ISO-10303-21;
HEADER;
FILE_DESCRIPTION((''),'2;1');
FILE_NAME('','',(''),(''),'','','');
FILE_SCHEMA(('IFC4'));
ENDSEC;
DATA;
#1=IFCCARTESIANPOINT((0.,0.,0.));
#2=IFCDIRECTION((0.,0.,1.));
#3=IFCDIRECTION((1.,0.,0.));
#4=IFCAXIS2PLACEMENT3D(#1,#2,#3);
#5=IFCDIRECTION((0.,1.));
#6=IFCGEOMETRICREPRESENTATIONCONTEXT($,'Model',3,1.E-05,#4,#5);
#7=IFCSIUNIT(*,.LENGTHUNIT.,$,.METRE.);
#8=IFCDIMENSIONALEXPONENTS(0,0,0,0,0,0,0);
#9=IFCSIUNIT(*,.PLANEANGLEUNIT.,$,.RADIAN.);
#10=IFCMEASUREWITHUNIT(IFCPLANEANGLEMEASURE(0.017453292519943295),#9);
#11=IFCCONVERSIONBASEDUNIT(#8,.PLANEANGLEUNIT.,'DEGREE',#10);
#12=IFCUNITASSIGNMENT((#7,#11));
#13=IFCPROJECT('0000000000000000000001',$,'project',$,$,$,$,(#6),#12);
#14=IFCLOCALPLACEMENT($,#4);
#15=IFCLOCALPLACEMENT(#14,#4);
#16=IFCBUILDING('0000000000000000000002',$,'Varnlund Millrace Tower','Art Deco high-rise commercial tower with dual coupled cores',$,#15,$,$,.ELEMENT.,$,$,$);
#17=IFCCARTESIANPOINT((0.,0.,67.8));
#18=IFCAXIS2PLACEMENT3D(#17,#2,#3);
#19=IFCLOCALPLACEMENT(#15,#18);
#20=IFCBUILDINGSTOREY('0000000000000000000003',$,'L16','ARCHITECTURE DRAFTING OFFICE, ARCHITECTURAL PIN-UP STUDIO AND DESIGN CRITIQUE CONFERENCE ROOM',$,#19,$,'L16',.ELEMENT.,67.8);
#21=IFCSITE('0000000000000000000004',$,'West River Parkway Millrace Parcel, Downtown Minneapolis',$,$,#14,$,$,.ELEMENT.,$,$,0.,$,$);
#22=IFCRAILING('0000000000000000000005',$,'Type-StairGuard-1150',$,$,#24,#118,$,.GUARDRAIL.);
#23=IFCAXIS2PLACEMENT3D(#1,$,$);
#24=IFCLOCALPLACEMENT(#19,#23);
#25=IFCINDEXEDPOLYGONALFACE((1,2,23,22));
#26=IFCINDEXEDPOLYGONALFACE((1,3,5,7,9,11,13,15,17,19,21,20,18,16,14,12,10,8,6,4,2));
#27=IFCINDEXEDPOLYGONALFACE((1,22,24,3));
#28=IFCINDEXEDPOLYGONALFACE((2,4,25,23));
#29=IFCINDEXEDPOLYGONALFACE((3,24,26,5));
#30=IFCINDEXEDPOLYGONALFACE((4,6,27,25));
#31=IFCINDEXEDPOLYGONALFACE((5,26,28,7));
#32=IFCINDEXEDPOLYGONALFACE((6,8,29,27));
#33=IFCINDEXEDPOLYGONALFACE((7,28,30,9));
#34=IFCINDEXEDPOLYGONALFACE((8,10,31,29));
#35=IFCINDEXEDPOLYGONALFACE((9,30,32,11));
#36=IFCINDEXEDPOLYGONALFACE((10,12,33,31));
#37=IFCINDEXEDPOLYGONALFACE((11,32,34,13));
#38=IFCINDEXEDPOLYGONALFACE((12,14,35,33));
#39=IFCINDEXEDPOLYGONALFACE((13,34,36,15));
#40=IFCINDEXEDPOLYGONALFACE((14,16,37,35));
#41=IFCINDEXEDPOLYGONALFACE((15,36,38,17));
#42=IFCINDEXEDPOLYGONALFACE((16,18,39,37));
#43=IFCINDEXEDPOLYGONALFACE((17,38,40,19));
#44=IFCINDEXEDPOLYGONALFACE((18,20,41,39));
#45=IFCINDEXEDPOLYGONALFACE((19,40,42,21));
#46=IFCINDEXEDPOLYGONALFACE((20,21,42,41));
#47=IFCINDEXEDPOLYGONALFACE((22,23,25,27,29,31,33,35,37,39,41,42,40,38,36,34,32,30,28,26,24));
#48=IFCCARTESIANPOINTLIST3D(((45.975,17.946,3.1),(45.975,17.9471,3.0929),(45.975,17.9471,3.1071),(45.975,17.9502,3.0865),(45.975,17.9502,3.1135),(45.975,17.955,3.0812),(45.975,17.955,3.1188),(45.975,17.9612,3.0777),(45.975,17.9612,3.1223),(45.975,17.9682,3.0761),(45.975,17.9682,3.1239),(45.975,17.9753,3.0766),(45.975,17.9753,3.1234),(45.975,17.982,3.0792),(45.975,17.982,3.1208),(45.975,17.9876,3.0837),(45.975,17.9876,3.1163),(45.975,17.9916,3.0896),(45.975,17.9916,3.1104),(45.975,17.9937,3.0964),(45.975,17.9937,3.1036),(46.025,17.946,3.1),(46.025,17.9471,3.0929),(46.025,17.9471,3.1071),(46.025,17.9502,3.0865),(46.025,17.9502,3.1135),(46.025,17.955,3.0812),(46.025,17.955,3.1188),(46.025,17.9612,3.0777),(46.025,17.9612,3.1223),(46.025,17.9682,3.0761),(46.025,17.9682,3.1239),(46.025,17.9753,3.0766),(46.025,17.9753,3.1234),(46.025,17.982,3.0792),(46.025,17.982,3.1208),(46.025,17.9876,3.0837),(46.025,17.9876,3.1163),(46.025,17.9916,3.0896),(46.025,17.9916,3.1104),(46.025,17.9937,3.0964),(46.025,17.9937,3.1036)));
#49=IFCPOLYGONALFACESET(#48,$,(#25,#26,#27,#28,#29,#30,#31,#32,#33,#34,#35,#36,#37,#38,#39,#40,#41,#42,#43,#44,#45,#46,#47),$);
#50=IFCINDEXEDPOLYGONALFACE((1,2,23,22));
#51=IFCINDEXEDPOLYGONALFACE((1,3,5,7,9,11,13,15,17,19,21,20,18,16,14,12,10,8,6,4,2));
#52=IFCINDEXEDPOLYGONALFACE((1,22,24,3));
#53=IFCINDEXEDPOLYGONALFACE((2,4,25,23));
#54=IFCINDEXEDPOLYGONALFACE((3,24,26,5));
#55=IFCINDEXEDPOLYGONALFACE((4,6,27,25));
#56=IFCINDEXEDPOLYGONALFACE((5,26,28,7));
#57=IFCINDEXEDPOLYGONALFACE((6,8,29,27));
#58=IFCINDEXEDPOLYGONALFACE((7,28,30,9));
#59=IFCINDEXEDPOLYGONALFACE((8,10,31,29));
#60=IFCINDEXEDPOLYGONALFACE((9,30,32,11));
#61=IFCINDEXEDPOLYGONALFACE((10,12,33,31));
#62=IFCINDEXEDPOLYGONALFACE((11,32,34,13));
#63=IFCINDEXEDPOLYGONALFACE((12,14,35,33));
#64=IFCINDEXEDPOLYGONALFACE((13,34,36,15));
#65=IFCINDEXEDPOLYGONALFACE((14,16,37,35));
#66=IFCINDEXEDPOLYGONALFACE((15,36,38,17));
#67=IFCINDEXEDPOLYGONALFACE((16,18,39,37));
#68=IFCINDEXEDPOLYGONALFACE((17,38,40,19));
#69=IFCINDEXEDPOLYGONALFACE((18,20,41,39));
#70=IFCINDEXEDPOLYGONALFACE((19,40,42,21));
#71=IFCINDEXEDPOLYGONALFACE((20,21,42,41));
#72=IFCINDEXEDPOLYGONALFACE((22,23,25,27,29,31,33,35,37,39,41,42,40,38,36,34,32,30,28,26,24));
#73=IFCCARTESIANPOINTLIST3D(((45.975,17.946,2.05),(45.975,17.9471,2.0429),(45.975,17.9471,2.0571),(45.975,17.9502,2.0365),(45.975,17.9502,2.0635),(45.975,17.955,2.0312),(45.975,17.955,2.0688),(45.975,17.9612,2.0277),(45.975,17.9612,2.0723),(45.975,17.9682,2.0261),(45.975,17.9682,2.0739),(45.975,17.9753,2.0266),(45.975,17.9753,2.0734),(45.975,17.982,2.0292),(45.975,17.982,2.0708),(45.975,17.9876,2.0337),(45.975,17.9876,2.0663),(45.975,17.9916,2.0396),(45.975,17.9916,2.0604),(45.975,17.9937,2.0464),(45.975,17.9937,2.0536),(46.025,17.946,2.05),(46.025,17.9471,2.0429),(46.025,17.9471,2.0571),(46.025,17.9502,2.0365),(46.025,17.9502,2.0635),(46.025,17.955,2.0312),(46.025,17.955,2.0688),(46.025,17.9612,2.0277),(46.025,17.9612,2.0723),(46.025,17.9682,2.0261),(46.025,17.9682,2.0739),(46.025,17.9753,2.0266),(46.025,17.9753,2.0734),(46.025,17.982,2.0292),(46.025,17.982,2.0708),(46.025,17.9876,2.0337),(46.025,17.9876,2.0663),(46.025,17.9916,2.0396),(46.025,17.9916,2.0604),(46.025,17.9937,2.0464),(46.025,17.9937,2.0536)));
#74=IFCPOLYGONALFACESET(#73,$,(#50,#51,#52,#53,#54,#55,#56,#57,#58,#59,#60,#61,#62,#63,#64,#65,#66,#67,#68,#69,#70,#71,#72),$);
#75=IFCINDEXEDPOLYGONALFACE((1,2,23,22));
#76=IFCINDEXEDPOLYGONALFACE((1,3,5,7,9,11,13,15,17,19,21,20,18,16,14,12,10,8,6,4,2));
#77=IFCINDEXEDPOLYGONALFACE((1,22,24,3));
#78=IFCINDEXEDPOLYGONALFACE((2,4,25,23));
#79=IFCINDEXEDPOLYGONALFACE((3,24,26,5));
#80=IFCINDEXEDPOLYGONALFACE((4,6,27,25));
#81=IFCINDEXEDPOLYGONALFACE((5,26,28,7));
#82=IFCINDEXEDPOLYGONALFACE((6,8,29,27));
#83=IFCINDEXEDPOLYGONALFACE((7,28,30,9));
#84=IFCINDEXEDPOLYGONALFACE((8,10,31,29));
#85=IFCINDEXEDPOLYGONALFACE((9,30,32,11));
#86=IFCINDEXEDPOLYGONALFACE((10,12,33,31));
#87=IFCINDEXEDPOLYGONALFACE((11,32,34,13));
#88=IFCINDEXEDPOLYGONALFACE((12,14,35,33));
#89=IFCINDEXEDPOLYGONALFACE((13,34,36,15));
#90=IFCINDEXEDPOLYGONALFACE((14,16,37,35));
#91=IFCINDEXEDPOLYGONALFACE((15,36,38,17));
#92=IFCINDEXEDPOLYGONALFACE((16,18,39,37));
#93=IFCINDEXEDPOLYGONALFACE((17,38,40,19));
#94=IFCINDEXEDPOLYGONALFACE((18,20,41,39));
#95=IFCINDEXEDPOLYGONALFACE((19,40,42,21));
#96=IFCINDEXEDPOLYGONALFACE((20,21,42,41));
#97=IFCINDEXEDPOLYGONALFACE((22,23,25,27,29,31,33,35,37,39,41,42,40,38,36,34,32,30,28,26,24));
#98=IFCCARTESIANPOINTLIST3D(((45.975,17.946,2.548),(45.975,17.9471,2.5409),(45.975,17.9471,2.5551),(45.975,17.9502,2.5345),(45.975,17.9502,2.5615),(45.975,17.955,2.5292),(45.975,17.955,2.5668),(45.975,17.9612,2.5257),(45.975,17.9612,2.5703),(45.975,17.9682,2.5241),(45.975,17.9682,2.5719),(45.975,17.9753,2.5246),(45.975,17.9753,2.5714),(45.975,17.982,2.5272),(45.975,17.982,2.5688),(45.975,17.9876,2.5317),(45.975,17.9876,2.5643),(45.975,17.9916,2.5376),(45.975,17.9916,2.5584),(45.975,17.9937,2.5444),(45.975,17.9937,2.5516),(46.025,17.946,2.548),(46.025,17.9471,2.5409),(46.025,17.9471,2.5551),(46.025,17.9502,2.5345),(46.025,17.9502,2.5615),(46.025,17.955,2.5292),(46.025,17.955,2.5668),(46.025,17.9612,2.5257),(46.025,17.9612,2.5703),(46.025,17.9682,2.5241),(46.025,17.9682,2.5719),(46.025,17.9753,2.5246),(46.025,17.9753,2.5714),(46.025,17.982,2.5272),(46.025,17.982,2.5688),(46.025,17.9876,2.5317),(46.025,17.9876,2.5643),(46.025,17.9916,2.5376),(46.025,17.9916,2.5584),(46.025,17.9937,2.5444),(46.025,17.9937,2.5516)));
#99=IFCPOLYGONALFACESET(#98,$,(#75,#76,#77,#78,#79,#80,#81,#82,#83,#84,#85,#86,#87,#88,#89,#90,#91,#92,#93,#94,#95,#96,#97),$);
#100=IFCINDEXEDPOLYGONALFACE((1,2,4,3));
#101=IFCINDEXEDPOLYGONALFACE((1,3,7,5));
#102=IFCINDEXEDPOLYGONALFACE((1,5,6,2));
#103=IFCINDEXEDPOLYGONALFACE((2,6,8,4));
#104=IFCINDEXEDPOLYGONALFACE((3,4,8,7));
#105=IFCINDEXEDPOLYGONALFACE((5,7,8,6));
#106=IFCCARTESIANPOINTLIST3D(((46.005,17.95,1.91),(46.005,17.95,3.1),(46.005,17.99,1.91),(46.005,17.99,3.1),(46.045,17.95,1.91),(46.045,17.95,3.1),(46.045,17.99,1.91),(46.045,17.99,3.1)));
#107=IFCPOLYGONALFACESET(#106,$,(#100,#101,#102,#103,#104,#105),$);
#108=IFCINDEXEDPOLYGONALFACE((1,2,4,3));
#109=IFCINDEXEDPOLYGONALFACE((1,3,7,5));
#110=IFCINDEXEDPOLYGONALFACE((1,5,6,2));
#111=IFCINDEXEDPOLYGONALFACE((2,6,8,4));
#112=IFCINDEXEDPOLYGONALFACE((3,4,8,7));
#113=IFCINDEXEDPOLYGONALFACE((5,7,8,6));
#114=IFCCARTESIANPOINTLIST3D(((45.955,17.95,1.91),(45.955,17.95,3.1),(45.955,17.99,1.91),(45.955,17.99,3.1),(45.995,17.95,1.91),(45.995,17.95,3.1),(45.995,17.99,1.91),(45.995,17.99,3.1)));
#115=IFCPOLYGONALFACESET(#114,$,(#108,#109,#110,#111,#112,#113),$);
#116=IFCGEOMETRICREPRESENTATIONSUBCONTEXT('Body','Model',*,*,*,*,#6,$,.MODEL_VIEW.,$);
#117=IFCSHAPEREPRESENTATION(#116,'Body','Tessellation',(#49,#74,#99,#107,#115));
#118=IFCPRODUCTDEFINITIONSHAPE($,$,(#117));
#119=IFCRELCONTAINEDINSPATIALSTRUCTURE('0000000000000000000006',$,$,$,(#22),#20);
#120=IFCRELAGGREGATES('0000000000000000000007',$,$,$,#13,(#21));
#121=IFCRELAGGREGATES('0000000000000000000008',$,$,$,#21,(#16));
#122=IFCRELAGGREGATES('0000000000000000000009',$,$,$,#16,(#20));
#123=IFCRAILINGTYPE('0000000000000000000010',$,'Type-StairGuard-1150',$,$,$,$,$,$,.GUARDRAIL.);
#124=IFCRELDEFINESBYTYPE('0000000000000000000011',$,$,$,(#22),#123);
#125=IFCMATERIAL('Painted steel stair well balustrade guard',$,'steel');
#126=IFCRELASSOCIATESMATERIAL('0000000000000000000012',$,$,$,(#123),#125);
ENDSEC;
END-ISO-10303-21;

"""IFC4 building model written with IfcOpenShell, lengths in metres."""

from ifc_helpers import new_model, entity, si_unit, converted_unit, direction, frame, origin_with_axes, origin_2d_with_axis, place, context, subcontext, project, spatial, rectangle, circle, extrude, material, type_object, element, save


model = new_model("IFC4")

# Units and contexts
model_context = context("Model", 3, precision=1e-05, world=origin_with_axes(), true_north=direction((0.0, 1.0)))
body_context = subcontext(model_context, "Body", "Model", "MODEL_VIEW")
ifc_project = project(units=[si_unit("LENGTHUNIT", "METRE"), converted_unit("PLANEANGLEUNIT", "DEGREE", entity("IfcPlaneAngleMeasure", 0.017453292519943295), si_unit("PLANEANGLEUNIT", "RADIAN"), dimensions=[0, 0, 0, 0, 0, 0, 0])], contexts=[model_context])

# Site, building, storey
site_placement = place(None, origin_with_axes())
site = spatial("IfcSite", under=ifc_project, at=site_placement, Name="West River Parkway Millrace Parcel, Downtown Minneapolis", CompositionType="ELEMENT", RefElevation=0.0)
building_placement = place(site_placement, origin_with_axes())
building = spatial("IfcBuilding", under=site, at=building_placement, Name="Varnlund Millrace Tower", Description="Art Deco high-rise commercial tower with dual coupled cores", CompositionType="ELEMENT")
storey_placement = place(building_placement, frame((0.0, 0.0, 67.8), z_axis=(0.0, 0.0, 1.0), x_axis=(1.0, 0.0, 0.0)))
storey = spatial("IfcBuildingStorey", under=building, at=storey_placement, Name="L16", Description="ARCHITECTURE DRAFTING OFFICE, ARCHITECTURAL PIN-UP STUDIO AND DESIGN CRITIQUE CONFERENCE ROOM", LongName="L16", CompositionType="ELEMENT", Elevation=67.8)

# Railing
ifc_material_1 = material(Name="Painted steel stair well balustrade guard", Category="steel")
railing_type_1 = type_object("IfcRailingType", Name="Type-StairGuard-1150", PredefinedType="GUARDRAIL", material=ifc_material_1)
railing_1_placement = place(storey_placement, frame((0.0, 0.0, -67.8), z_axis=(0.0, 0.0, 1.0), x_axis=(1.0, 0.0, 0.0)))
element("IfcRailing", 1, at=railing_1_placement, inside=storey, type_object=railing_type_1, Name="Type-StairGuard-1150", PredefinedType="GUARDRAIL", context=body_context, shape_type="SweptSolid", body=[
    extrude(circle(Radius=0.024, at=origin_2d_with_axis()), frame((46.025, 17.97, 70.9), z_axis=(-1.0, 0.0, 0.0), x_axis=(0.0, -1.0, 0.0)), (0.0, 0.0, 1.0), 0.05),
    extrude(circle(Radius=0.024, at=origin_2d_with_axis()), frame((46.025, 17.97, 69.85), z_axis=(-1.0, 0.0, 0.0), x_axis=(0.0, -1.0, 0.0)), (0.0, 0.0, 1.0), 0.05),
    extrude(circle(Radius=0.024, at=origin_2d_with_axis()), frame((46.025, 17.97, 70.348), z_axis=(-1.0, 0.0, 0.0), x_axis=(0.0, -1.0, 0.0)), (0.0, 0.0, 1.0), 0.05),
    extrude(rectangle(XDim=0.04, YDim=0.04, at=origin_2d_with_axis()), frame((46.025, 17.97, 69.71), z_axis=(0.0, 0.0, 1.0), x_axis=(1.0, 0.0, 0.0)), (0.0, 0.0, 1.0), 1.19),
    extrude(rectangle(XDim=0.04, YDim=0.04, at=origin_2d_with_axis()), frame((45.975, 17.97, 69.71), z_axis=(0.0, 0.0, 1.0), x_axis=(1.0, 0.0, 0.0)), (0.0, 0.0, 1.0), 1.19),
])

save(model, "model.ifc")
